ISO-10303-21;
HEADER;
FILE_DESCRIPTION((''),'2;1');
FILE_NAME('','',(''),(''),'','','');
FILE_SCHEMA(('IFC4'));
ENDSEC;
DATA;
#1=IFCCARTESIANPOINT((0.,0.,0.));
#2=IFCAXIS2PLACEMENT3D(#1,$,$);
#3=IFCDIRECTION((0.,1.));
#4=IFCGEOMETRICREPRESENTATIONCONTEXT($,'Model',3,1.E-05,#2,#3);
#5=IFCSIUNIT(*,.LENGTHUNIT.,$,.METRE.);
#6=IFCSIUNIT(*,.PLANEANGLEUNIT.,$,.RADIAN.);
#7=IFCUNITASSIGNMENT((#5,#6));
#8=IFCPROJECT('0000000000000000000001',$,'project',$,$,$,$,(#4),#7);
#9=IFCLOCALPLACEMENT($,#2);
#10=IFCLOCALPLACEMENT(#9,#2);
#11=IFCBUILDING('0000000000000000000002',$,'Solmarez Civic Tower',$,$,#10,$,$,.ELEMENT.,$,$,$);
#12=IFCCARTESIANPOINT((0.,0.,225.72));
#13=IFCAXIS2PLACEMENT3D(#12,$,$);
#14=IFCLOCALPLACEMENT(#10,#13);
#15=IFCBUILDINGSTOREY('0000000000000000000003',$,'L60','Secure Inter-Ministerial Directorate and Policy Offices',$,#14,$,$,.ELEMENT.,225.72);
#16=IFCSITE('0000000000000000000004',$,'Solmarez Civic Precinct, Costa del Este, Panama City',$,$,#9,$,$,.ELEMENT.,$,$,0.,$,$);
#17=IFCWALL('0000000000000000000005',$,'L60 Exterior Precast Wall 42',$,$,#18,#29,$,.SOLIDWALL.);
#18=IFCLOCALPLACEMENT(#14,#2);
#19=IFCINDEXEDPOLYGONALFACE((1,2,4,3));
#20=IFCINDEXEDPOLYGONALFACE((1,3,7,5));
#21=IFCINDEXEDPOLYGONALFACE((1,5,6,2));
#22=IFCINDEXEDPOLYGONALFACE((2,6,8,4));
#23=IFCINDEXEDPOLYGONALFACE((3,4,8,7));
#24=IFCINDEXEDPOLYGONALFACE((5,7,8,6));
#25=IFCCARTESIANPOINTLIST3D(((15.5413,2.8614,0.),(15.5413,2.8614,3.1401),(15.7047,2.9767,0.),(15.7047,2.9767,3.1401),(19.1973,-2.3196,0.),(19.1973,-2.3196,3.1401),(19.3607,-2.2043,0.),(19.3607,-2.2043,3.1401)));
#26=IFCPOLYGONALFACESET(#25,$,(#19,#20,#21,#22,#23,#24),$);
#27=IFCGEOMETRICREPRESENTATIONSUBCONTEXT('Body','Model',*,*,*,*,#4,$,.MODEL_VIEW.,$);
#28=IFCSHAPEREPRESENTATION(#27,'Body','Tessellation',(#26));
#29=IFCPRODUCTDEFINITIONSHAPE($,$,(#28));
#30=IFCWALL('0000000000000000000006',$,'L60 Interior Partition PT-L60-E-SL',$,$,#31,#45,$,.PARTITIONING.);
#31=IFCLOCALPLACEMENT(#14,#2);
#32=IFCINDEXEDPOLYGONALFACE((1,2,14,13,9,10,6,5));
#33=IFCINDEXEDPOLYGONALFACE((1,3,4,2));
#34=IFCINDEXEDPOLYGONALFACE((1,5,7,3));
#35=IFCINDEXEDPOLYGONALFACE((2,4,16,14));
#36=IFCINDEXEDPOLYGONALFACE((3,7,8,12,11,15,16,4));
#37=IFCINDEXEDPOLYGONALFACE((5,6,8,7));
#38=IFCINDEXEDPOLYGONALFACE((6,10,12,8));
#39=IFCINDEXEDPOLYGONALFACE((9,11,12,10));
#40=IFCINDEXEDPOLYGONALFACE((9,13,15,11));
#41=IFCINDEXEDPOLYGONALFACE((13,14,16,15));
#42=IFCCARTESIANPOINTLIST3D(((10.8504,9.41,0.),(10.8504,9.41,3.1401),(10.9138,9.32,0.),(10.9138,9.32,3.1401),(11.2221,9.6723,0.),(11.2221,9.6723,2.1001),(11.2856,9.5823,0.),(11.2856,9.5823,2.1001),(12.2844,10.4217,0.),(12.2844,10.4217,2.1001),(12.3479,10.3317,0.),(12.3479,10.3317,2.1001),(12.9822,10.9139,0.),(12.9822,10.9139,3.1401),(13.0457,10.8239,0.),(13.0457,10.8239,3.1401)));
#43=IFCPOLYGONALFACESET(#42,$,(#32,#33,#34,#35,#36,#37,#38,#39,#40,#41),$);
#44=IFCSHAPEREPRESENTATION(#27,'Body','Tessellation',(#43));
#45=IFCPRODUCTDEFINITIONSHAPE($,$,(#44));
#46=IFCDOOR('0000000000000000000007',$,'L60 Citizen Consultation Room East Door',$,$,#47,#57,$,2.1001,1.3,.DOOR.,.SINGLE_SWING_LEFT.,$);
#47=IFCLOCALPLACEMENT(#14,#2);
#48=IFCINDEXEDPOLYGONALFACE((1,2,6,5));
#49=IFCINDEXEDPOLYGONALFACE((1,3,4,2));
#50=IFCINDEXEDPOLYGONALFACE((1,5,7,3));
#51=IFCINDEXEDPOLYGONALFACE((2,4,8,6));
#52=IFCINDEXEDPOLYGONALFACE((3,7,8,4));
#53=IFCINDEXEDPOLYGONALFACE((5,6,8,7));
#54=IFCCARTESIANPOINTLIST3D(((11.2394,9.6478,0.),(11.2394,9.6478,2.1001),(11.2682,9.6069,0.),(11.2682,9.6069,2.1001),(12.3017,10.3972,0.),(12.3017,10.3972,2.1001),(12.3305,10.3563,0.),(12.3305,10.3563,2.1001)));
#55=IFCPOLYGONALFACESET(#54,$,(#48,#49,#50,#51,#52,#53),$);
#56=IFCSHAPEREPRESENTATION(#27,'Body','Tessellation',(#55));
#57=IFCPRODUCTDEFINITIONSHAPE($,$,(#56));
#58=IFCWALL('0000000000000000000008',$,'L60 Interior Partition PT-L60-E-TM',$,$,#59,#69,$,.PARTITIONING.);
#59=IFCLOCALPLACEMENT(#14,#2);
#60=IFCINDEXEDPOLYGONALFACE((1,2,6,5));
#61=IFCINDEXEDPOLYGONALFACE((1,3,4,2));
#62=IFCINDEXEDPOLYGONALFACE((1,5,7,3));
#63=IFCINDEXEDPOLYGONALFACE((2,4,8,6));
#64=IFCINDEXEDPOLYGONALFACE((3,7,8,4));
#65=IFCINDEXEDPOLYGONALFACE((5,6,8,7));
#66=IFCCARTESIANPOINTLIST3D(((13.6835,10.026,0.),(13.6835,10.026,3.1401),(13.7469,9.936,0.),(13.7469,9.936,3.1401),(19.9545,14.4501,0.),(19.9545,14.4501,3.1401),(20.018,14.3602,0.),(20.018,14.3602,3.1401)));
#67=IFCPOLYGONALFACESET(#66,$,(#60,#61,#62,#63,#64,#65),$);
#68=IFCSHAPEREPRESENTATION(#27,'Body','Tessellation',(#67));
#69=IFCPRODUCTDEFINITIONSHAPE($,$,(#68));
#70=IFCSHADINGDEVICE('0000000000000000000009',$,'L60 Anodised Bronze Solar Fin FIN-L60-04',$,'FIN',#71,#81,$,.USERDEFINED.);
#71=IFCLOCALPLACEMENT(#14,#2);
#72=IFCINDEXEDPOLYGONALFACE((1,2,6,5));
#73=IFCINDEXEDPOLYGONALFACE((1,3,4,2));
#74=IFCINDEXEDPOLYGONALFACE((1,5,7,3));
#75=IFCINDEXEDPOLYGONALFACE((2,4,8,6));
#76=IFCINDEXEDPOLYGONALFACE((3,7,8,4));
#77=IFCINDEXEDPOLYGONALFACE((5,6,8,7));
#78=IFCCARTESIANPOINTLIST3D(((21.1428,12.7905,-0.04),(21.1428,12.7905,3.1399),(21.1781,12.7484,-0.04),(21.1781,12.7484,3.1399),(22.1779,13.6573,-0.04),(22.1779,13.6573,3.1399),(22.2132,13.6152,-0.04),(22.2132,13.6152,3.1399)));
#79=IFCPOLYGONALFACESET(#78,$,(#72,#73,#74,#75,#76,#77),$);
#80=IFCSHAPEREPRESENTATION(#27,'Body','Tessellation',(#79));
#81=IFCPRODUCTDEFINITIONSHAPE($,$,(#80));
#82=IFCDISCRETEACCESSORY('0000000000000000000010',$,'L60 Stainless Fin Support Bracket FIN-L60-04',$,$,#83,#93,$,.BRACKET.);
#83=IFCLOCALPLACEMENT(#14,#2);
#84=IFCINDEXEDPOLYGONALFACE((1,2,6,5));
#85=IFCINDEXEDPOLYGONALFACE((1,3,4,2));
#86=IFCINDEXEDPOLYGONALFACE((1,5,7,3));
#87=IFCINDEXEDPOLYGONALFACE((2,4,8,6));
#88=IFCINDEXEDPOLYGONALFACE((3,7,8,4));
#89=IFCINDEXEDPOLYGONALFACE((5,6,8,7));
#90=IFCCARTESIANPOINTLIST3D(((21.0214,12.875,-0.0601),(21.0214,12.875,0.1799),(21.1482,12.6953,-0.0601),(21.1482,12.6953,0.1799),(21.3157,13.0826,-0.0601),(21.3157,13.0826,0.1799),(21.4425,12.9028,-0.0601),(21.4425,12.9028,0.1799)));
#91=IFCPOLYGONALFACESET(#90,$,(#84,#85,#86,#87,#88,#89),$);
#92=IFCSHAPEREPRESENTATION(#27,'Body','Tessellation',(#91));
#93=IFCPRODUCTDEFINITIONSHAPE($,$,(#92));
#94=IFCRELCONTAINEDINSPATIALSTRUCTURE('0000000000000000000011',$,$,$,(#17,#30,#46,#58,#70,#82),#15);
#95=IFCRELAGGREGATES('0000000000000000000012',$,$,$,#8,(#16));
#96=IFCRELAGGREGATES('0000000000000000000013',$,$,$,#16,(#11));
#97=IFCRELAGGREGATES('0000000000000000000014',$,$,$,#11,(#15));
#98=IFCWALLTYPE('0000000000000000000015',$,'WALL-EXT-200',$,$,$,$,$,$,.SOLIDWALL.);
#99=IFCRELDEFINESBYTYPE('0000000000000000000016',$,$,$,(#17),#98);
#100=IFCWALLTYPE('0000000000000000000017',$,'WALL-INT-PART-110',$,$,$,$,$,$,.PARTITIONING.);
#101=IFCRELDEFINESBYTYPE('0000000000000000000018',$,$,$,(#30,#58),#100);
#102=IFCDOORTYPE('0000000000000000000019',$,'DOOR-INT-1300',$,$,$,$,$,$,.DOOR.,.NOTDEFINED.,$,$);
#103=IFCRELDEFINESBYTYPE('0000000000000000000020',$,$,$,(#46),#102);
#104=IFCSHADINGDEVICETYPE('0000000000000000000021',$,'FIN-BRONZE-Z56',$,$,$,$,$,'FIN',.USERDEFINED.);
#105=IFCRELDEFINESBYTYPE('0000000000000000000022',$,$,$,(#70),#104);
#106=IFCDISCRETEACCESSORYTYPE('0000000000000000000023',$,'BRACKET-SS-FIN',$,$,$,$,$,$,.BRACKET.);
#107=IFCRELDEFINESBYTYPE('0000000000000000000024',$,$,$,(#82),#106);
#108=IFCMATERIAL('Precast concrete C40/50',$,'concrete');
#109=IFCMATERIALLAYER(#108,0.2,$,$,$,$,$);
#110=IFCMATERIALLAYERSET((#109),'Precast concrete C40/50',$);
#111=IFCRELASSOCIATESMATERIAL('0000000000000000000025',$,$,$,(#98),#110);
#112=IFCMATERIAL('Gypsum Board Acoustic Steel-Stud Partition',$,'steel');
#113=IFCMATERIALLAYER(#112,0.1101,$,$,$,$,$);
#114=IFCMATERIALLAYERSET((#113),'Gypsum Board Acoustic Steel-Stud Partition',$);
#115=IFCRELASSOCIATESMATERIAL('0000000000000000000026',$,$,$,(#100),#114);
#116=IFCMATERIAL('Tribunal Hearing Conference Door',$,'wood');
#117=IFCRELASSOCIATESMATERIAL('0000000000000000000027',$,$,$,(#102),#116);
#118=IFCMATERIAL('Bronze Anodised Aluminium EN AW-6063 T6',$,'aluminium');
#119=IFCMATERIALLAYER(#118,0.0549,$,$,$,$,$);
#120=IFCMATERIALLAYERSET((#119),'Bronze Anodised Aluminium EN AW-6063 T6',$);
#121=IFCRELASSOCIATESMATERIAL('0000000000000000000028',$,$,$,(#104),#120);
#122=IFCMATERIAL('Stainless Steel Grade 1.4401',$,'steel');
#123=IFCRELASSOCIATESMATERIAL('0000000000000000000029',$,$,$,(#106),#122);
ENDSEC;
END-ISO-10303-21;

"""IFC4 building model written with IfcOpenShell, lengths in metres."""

from ifc_helpers import new_model, si_unit, direction, frame, frame_2d, origin, origin_2d, place, context, subcontext, project, spatial, rectangle, extrude, material, layer, layer_set, type_object, element, fill, save


model = new_model("IFC4")

# Units and contexts
model_context = context("Model", 3, precision=1e-05, world=origin(), true_north=direction((0.0, 1.0)))
body_context = subcontext(model_context, "Body", "Model", "MODEL_VIEW")
ifc_project = project(units=[si_unit("LENGTHUNIT", "METRE"), si_unit("PLANEANGLEUNIT", "RADIAN")], contexts=[model_context])

# Site, building, storey
site_placement = place(None, origin())
site = spatial("IfcSite", under=ifc_project, at=site_placement, Name="Solmarez Civic Precinct, Costa del Este, Panama City", CompositionType="ELEMENT", RefElevation=0.0)
building_placement = place(site_placement, origin())
building = spatial("IfcBuilding", under=site, at=building_placement, Name="Solmarez Civic Tower", CompositionType="ELEMENT")
storey_placement = place(building_placement, frame((0.0, 0.0, 225.72)))
storey = spatial("IfcBuildingStorey", under=building, at=storey_placement, Name="L60", Description="Secure Inter-Ministerial Directorate and Policy Offices", CompositionType="ELEMENT", Elevation=225.72)

# Shared definitions
ifc_material_1 = material(Name="Bronze Anodised Aluminium EN AW-6063 T6", Category="aluminium")

# Shared definitions
ifc_material_2 = material(Name="Precast concrete C40/50", Category="concrete")
ifc_layer_1 = layer(ifc_material_2, 0.2)
ifc_layer_set_1 = layer_set([ifc_layer_1], Name="Precast concrete C40/50")
wall_type_1 = type_object("IfcWallType", Name="WALL-EXT-200", PredefinedType="SOLIDWALL", material=ifc_layer_set_1)

# Wall
wall_1_placement = place(storey_placement, frame((15.623, 2.9189, 0.0), z_axis=(0.0, 0.0, 1.0), x_axis=(0.576567, -0.81705, 0.0)))
element("IfcWall", 1, at=wall_1_placement, inside=storey, type_object=wall_type_1, Name="L60 Exterior Precast Wall 42", PredefinedType="SOLIDWALL", context=body_context, shape_type="SweptSolid", body=[
    extrude(rectangle(XDim=6.3411, YDim=0.2, at=frame_2d((3.1704, 0.0))), origin(), (0.0, 0.0, 1.0), 3.1401),
])

# Wall, opening, door
ifc_material_3 = material(Name="Gypsum Board Acoustic Steel-Stud Partition", Category="steel")
ifc_layer_2 = layer(ifc_material_3, 0.1101)
ifc_layer_set_2 = layer_set([ifc_layer_2], Name="Gypsum Board Acoustic Steel-Stud Partition")
wall_type_2 = type_object("IfcWallType", Name="WALL-INT-PART-110", PredefinedType="PARTITIONING", material=ifc_layer_set_2)
wall_2_placement = place(storey_placement, frame((13.0139, 10.8689, 0.0), z_axis=(0.0, 0.0, 1.0), x_axis=(-0.817134, -0.576448, 0.0)))
wall_2 = element("IfcWall", 2, at=wall_2_placement, inside=storey, type_object=wall_type_2, Name="L60 Interior Partition PT-L60-E-SL", PredefinedType="PARTITIONING", context=body_context, shape_type="SweptSolid", body=[
    extrude(rectangle(XDim=2.6089, YDim=0.1101, at=frame_2d((1.3044, 0.0))), origin(), (0.0, 0.0, 1.0), 3.1401),
])
opening_1_placement = place(wall_2_placement, frame((0.854, 0.0, 0.0)))
opening_1 = element("IfcOpeningElement", 3, at=opening_1_placement, cuts=wall_2, PredefinedType="OPENING", context=body_context, shape_type="SweptSolid", body=[
    extrude(rectangle(XDim=1.3, YDim=2.1001, at=frame_2d((0.6499, 1.05))), frame((0.0, 0.0649, 0.0), z_axis=(0.0, -1.0, 0.0), x_axis=(1.0, 0.0, 0.0)), (0.0, 0.0, 1.0), 0.1301),
])
ifc_material_4 = material(Name="Tribunal Hearing Conference Door", Category="wood")
door_type = type_object("IfcDoorType", Name="DOOR-INT-1300", OperationType="NOTDEFINED", PredefinedType="DOOR", material=ifc_material_4)
door_placement = place(opening_1_placement, origin())
door = element("IfcDoor", 4, at=door_placement, inside=storey, type_object=door_type, Name="L60 Citizen Consultation Room East Door", OperationType="SINGLE_SWING_LEFT", OverallHeight=2.1001, OverallWidth=1.3, PredefinedType="DOOR", context=body_context, shape_type="SweptSolid", body=[
    extrude(rectangle(XDim=1.3, YDim=2.1001, at=frame_2d((0.6499, 1.05))), frame((0.0, 0.0249, 0.0), z_axis=(0.0, -1.0, 0.0), x_axis=(1.0, 0.0, 0.0)), (0.0, 0.0, 1.0), 0.05),
])
fill(opening_1, door)

# Wall
wall_3_placement = place(storey_placement, frame((13.7151, 9.981, 0.0), z_axis=(0.0, 0.0, 1.0), x_axis=(0.817122, 0.576465, 0.0)))
element("IfcWall", 5, at=wall_3_placement, inside=storey, type_object=wall_type_2, Name="L60 Interior Partition PT-L60-E-TM", PredefinedType="PARTITIONING", context=body_context, shape_type="SweptSolid", body=[
    extrude(rectangle(XDim=7.6746, YDim=0.1101, at=frame_2d((3.8374, 0.0))), origin(), (0.0, 0.0, 1.0), 3.1401),
])

# Shading device
ifc_layer_3 = layer(ifc_material_1, 0.0549)
ifc_layer_set_3 = layer_set([ifc_layer_3], Name="Bronze Anodised Aluminium EN AW-6063 T6")
shading_device_type = type_object("IfcShadingDeviceType", Name="FIN-BRONZE-Z56", ElementType="FIN", PredefinedType="USERDEFINED", material=ifc_layer_set_3)
shading_device_placement = place(storey_placement, frame((21.678, 13.2029, -0.04), z_axis=(0.0, 0.0, 1.0), x_axis=(0.766695, 0.642012, 0.0)))
element("IfcShadingDevice", 6, at=shading_device_placement, inside=storey, type_object=shading_device_type, Name="L60 Anodised Bronze Solar Fin FIN-L60-04", ObjectType="FIN", PredefinedType="USERDEFINED", context=body_context, shape_type="SweptSolid", body=[
    extrude(rectangle(XDim=1.3501, YDim=0.0549, at=origin_2d()), origin(), (0.0, 0.0, 1.0), 3.1799),
])

# Discrete accessory
ifc_material_5 = material(Name="Stainless Steel Grade 1.4401", Category="steel")
discrete_accessory_type = type_object("IfcDiscreteAccessoryType", Name="BRACKET-SS-FIN", PredefinedType="BRACKET", material=ifc_material_5)
discrete_accessory_placement = place(storey_placement, frame((21.2319, 12.8889, -0.0601), z_axis=(0.0, 0.0, 1.0), x_axis=(0.817154, 0.576419, 0.0)))
element("IfcDiscreteAccessory", 7, at=discrete_accessory_placement, inside=storey, type_object=discrete_accessory_type, Name="L60 Stainless Fin Support Bracket FIN-L60-04", PredefinedType="BRACKET", context=body_context, shape_type="SweptSolid", body=[
    extrude(rectangle(XDim=0.3601, YDim=0.22, at=origin_2d()), origin(), (0.0, 0.0, 1.0), 0.24),
])

save(model, "model.ifc")
